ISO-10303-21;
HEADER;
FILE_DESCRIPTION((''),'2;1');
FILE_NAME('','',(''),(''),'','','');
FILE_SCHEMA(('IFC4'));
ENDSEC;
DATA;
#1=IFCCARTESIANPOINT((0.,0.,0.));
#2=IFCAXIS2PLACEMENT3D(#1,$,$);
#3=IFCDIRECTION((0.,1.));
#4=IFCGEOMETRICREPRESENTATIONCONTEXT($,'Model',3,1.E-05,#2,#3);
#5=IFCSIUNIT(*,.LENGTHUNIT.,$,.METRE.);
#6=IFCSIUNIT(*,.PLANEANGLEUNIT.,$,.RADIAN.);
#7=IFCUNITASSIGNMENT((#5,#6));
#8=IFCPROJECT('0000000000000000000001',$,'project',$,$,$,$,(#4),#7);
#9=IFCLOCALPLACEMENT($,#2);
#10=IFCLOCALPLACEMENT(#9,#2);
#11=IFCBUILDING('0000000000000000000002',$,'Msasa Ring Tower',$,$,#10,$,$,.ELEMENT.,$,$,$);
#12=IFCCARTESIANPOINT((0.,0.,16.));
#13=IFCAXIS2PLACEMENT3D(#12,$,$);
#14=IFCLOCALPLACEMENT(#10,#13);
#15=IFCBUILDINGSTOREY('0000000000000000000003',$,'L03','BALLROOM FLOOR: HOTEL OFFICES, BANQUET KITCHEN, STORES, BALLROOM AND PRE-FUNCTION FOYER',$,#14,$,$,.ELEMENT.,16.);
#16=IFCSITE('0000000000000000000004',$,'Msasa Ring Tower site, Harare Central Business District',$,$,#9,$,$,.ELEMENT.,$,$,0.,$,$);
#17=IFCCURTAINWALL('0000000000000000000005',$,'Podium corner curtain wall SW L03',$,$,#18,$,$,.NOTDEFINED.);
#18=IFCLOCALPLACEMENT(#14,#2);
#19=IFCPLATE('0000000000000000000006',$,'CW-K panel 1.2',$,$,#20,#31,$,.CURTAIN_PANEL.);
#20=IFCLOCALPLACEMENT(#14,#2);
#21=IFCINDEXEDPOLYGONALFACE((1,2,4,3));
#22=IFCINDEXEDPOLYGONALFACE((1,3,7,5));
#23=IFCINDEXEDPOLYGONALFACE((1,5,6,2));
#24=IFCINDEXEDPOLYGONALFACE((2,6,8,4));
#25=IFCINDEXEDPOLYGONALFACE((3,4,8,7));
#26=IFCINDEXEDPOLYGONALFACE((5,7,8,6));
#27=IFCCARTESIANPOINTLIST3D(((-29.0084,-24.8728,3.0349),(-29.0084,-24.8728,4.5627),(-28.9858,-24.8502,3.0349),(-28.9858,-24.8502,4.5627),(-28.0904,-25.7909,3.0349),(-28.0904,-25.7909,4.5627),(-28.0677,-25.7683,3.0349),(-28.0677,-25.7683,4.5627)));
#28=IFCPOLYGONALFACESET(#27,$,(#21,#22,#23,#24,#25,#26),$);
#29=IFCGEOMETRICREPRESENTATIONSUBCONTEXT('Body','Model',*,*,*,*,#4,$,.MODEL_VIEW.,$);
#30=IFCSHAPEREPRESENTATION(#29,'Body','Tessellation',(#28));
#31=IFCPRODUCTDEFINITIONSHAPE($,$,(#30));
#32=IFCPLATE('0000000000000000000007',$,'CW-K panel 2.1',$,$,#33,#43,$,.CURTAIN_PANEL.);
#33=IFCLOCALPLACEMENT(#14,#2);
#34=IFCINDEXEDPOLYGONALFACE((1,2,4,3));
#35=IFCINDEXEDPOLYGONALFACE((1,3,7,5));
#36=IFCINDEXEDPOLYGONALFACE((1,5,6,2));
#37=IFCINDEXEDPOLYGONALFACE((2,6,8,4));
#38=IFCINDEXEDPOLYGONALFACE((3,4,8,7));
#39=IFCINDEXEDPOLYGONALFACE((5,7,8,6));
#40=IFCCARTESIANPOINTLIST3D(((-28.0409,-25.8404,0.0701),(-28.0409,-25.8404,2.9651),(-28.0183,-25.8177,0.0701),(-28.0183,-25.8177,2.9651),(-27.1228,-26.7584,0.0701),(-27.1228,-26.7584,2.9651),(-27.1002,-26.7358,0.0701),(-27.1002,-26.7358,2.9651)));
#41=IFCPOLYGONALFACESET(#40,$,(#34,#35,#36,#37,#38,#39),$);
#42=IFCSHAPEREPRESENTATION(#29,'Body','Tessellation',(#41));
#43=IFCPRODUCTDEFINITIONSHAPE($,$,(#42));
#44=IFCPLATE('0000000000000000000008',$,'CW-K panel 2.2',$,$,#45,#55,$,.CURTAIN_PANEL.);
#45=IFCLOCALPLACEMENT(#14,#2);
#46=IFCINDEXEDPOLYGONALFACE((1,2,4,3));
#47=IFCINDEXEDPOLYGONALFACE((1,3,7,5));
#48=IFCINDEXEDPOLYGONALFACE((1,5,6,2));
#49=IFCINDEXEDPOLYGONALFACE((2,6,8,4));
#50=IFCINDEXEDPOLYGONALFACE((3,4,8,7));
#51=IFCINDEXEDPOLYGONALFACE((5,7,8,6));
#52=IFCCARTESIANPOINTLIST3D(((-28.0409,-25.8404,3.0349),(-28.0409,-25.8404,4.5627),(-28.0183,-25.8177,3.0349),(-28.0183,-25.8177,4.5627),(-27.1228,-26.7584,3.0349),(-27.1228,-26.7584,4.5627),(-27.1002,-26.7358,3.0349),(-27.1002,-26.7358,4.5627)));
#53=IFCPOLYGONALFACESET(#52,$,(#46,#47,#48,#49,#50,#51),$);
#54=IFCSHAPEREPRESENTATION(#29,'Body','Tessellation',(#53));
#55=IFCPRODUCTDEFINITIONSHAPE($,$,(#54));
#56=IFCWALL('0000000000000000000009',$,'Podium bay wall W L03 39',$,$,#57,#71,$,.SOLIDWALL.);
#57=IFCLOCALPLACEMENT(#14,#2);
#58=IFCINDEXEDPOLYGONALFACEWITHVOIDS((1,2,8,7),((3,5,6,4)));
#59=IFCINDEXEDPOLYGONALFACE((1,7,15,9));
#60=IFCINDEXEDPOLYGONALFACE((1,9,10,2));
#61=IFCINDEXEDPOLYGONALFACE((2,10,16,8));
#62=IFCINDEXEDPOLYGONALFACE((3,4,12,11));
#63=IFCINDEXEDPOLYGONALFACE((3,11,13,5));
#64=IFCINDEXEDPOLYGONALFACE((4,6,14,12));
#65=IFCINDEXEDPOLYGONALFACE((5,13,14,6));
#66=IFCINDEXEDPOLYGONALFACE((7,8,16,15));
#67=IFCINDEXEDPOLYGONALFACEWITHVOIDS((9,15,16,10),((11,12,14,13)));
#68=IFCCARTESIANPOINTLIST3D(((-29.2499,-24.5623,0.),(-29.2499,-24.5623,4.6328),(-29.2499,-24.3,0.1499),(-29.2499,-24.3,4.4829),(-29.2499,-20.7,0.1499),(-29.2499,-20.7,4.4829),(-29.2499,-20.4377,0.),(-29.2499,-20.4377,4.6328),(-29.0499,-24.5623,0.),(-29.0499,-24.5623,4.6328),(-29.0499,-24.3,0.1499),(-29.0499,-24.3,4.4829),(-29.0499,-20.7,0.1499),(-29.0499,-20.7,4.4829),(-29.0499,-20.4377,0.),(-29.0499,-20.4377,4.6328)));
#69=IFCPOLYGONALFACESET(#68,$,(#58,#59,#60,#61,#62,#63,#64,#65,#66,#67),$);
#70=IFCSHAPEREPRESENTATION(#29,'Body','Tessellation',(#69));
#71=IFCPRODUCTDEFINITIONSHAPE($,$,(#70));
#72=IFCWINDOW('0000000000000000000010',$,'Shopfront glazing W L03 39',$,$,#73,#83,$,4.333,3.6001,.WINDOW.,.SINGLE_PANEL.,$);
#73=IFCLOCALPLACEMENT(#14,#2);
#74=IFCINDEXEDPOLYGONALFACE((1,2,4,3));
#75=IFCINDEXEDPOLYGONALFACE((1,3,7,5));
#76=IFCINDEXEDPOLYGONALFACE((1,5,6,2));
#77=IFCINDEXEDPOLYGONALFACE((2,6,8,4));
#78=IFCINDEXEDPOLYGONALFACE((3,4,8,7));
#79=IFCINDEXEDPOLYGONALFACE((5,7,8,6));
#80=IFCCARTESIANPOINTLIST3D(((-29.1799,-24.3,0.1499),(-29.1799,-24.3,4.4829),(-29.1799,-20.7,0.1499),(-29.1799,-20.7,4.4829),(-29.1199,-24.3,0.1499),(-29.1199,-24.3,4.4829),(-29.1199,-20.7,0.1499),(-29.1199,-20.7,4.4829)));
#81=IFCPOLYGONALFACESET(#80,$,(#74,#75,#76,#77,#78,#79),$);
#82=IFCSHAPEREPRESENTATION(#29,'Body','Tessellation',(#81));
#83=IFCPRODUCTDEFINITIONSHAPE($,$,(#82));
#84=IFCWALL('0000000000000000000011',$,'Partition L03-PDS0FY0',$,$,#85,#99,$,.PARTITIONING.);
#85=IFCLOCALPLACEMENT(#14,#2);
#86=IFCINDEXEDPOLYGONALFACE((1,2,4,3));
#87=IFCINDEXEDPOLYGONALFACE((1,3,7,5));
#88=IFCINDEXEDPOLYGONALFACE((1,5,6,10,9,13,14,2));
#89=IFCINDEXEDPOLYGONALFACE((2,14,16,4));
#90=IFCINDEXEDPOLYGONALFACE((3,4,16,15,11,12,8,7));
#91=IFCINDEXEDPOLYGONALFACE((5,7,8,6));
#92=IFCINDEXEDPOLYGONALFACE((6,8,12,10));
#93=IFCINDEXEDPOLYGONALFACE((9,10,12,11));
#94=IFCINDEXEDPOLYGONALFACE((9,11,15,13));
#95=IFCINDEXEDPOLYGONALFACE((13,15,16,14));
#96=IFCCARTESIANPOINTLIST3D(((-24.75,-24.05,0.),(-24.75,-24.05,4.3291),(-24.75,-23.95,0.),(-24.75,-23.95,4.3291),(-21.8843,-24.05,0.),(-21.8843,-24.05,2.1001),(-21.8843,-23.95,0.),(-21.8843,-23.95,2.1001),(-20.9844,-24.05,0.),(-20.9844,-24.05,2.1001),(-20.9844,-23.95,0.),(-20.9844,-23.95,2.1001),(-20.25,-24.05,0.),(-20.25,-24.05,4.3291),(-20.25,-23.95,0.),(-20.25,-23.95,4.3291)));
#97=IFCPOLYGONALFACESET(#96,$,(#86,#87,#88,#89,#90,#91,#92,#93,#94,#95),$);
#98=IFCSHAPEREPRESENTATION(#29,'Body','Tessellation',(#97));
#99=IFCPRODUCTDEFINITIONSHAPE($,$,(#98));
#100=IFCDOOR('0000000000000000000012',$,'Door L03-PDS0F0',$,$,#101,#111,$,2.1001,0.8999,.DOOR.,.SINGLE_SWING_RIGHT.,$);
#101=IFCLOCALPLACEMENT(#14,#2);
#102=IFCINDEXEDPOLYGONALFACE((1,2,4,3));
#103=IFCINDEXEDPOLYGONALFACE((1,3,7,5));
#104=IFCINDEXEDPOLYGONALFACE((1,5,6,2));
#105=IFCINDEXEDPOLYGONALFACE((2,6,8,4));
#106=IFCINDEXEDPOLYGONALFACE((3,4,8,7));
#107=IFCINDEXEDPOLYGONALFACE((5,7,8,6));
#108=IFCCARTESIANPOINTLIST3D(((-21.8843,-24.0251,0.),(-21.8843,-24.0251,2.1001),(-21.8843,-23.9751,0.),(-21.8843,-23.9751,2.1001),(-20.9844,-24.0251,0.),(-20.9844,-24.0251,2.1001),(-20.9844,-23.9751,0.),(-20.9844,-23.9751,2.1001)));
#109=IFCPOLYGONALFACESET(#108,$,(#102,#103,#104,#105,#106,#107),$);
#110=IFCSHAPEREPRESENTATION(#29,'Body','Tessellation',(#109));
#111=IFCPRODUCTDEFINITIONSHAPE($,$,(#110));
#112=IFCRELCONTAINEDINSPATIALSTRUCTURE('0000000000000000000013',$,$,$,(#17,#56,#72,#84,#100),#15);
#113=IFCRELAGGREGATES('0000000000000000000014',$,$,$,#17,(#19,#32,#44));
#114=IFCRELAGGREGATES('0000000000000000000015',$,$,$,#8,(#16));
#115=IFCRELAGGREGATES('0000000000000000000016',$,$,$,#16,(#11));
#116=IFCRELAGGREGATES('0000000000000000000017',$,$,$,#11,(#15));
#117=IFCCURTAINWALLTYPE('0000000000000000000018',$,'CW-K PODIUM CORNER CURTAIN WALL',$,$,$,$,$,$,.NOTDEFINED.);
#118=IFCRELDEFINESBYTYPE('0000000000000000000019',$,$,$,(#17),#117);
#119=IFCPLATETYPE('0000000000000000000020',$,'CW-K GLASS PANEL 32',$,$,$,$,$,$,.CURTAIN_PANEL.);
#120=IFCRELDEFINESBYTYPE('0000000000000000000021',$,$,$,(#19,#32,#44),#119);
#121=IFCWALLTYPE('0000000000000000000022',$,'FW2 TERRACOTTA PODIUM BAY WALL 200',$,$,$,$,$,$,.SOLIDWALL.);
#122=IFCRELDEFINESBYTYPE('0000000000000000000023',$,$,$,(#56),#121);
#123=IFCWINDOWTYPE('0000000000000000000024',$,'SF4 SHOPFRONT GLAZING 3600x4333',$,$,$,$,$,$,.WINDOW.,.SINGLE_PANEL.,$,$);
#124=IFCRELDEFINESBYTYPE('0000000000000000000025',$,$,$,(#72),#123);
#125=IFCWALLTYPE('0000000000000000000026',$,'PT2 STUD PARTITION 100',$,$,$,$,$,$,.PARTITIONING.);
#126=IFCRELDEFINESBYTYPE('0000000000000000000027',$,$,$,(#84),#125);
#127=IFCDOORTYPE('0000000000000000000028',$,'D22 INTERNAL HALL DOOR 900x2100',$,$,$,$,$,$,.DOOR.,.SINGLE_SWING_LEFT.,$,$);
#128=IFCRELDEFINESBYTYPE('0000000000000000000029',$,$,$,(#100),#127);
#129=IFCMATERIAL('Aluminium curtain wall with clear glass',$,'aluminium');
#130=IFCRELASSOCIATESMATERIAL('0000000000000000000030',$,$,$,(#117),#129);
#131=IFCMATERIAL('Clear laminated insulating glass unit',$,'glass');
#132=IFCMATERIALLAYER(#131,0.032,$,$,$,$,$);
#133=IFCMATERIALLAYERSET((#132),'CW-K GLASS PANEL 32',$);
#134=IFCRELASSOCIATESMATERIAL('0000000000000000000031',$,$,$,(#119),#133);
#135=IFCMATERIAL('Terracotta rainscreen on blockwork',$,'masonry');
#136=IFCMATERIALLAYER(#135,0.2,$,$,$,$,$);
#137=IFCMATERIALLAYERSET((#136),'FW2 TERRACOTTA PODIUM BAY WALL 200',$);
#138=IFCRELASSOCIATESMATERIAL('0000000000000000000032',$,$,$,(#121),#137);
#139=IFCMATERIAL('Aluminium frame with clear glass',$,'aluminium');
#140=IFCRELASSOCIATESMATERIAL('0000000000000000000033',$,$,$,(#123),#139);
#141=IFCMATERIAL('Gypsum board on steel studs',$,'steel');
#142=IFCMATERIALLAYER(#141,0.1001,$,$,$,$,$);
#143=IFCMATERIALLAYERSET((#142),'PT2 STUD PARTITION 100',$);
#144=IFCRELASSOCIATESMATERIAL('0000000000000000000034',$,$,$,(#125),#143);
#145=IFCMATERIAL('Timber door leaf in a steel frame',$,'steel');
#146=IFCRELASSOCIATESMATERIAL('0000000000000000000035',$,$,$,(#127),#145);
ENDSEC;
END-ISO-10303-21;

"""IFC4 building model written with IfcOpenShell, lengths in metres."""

from ifc_helpers import new_model, si_unit, direction, frame, frame_2d, origin, origin_2d, place, context, subcontext, project, spatial, rectangle, extrude, material, layer, layer_set, type_object, element, fill, aggregate, save


model = new_model("IFC4")

# Units and contexts
model_context = context("Model", 3, precision=1e-05, world=origin(), true_north=direction((0.0, 1.0)))
body_context = subcontext(model_context, "Body", "Model", "MODEL_VIEW")
ifc_project = project(units=[si_unit("LENGTHUNIT", "METRE"), si_unit("PLANEANGLEUNIT", "RADIAN")], contexts=[model_context])

# Site, building, storey
site_placement = place(None, origin())
site = spatial("IfcSite", under=ifc_project, at=site_placement, Name="Msasa Ring Tower site, Harare Central Business District", CompositionType="ELEMENT", RefElevation=0.0)
building_placement = place(site_placement, origin())
building = spatial("IfcBuilding", under=site, at=building_placement, Name="Msasa Ring Tower", CompositionType="ELEMENT")
storey_placement = place(building_placement, frame((0.0, 0.0, 16.0)))
storey = spatial("IfcBuildingStorey", under=building, at=storey_placement, Name="L03", Description="BALLROOM FLOOR: HOTEL OFFICES, BANQUET KITCHEN, STORES, BALLROOM AND PRE-FUNCTION FOYER", CompositionType="ELEMENT", Elevation=16.0)

# Curtain wall
ifc_material_1 = material(Name="Aluminium curtain wall with clear glass", Category="aluminium")
curtain_wall_type = type_object("IfcCurtainWallType", Name="CW-K PODIUM CORNER CURTAIN WALL", PredefinedType="NOTDEFINED", material=ifc_material_1)
curtain_wall_placement = place(storey_placement, origin())
curtain_wall = element("IfcCurtainWall", 1, at=curtain_wall_placement, inside=storey, type_object=curtain_wall_type, Name="Podium corner curtain wall SW L03", PredefinedType="NOTDEFINED")

# Plates
ifc_material_2 = material(Name="Clear laminated insulating glass unit", Category="glass")
ifc_layer_1 = layer(ifc_material_2, 0.032)
ifc_layer_set_1 = layer_set([ifc_layer_1], Name="CW-K GLASS PANEL 32")
plate_type = type_object("IfcPlateType", Name="CW-K GLASS PANEL 32", PredefinedType="CURTAIN_PANEL", material=ifc_layer_set_1)
plate_1_placement = place(storey_placement, frame((-28.5381, -25.3206, 3.0349), z_axis=(0.0, 0.0, 1.0), x_axis=(0.707107, -0.707107, 0.0)))
plate_1 = element("IfcPlate", 2, at=plate_1_placement, type_object=plate_type, Name="CW-K panel 1.2", PredefinedType="CURTAIN_PANEL", context=body_context, shape_type="SweptSolid", body=[
    extrude(rectangle(XDim=1.2983, YDim=0.032, at=origin_2d()), origin(), (0.0, 0.0, 1.0), 1.5278),
])
plate_2_placement = place(storey_placement, frame((-27.5706, -26.2881, 0.0701), z_axis=(0.0, 0.0, 1.0), x_axis=(0.707107, -0.707107, 0.0)))
plate_2 = element("IfcPlate", 3, at=plate_2_placement, type_object=plate_type, Name="CW-K panel 2.1", PredefinedType="CURTAIN_PANEL", context=body_context, shape_type="SweptSolid", body=[
    extrude(rectangle(XDim=1.2983, YDim=0.032, at=origin_2d()), origin(), (0.0, 0.0, 1.0), 2.895),
])
plate_3_placement = place(storey_placement, frame((-27.5706, -26.2881, 3.0349), z_axis=(0.0, 0.0, 1.0), x_axis=(0.707107, -0.707107, 0.0)))
plate_3 = element("IfcPlate", 4, at=plate_3_placement, type_object=plate_type, Name="CW-K panel 2.2", PredefinedType="CURTAIN_PANEL", context=body_context, shape_type="SweptSolid", body=[
    extrude(rectangle(XDim=1.2983, YDim=0.032, at=origin_2d()), origin(), (0.0, 0.0, 1.0), 1.5278),
])
aggregate(curtain_wall, [plate_1, plate_2, plate_3])

# Wall, opening, window
ifc_material_3 = material(Name="Terracotta rainscreen on blockwork", Category="masonry")
ifc_layer_2 = layer(ifc_material_3, 0.2)
ifc_layer_set_2 = layer_set([ifc_layer_2], Name="FW2 TERRACOTTA PODIUM BAY WALL 200")
wall_type_1 = type_object("IfcWallType", Name="FW2 TERRACOTTA PODIUM BAY WALL 200", PredefinedType="SOLIDWALL", material=ifc_layer_set_2)
wall_1_placement = place(storey_placement, frame((-29.1499, -24.5623, 0.0), z_axis=(0.0, 0.0, 1.0), x_axis=(0.0, 1.0, 0.0)))
wall_1 = element("IfcWall", 5, at=wall_1_placement, inside=storey, type_object=wall_type_1, Name="Podium bay wall W L03 39", PredefinedType="SOLIDWALL", context=body_context, shape_type="SweptSolid", body=[
    extrude(rectangle(XDim=4.1245, YDim=0.2, at=frame_2d((2.0623, 0.0))), origin(), (0.0, 0.0, 1.0), 4.6328),
])
opening_1_placement = place(wall_1_placement, frame((0.2622, 0.0, 0.1499)))
opening_1 = element("IfcOpeningElement", 6, at=opening_1_placement, cuts=wall_1, PredefinedType="OPENING", context=body_context, shape_type="SweptSolid", body=[
    extrude(rectangle(XDim=3.6001, YDim=4.333, at=frame_2d((1.8, 2.1665))), frame((0.0, 0.1099, 0.0), z_axis=(0.0, -1.0, 0.0), x_axis=(1.0, 0.0, 0.0)), (0.0, 0.0, 1.0), 0.22),
])
ifc_material_4 = material(Name="Aluminium frame with clear glass", Category="aluminium")
window_type = type_object("IfcWindowType", Name="SF4 SHOPFRONT GLAZING 3600x4333", PartitioningType="SINGLE_PANEL", PredefinedType="WINDOW", material=ifc_material_4)
window_placement = place(opening_1_placement, origin())
window = element("IfcWindow", 7, at=window_placement, inside=storey, type_object=window_type, Name="Shopfront glazing W L03 39", OverallHeight=4.333, OverallWidth=3.6001, PartitioningType="SINGLE_PANEL", PredefinedType="WINDOW", context=body_context, shape_type="SweptSolid", body=[
    extrude(rectangle(XDim=3.6001, YDim=4.333, at=frame_2d((1.8, 2.1665))), frame((0.0, 0.03, 0.0), z_axis=(0.0, -1.0, 0.0), x_axis=(1.0, 0.0, 0.0)), (0.0, 0.0, 1.0), 0.0601),
])
fill(opening_1, window)

# Wall, opening, door
ifc_material_5 = material(Name="Gypsum board on steel studs", Category="steel")
ifc_layer_3 = layer(ifc_material_5, 0.1001)
ifc_layer_set_3 = layer_set([ifc_layer_3], Name="PT2 STUD PARTITION 100")
wall_type_2 = type_object("IfcWallType", Name="PT2 STUD PARTITION 100", PredefinedType="PARTITIONING", material=ifc_layer_set_3)
wall_2_placement = place(storey_placement, frame((-24.75, -24.0, 0.0), z_axis=(0.0, 0.0, 1.0), x_axis=(1.0, 0.0, 0.0)))
wall_2 = element("IfcWall", 8, at=wall_2_placement, inside=storey, type_object=wall_type_2, Name="Partition L03-PDS0FY0", PredefinedType="PARTITIONING", context=body_context, shape_type="SweptSolid", body=[
    extrude(rectangle(XDim=4.5, YDim=0.1001, at=frame_2d((2.25, 0.0))), origin(), (0.0, 0.0, 1.0), 4.3291),
])
opening_2_placement = place(wall_2_placement, frame((2.8657, 0.0, 0.0)))
opening_2 = element("IfcOpeningElement", 9, at=opening_2_placement, cuts=wall_2, PredefinedType="OPENING", context=body_context, shape_type="SweptSolid", body=[
    extrude(rectangle(XDim=0.8999, YDim=2.1001, at=frame_2d((0.45, 1.05))), frame((0.0, 0.0601, 0.0), z_axis=(0.0, -1.0, 0.0), x_axis=(1.0, 0.0, 0.0)), (0.0, 0.0, 1.0), 0.1201),
])
ifc_material_6 = material(Name="Timber door leaf in a steel frame", Category="steel")
door_type = type_object("IfcDoorType", Name="D22 INTERNAL HALL DOOR 900x2100", OperationType="SINGLE_SWING_LEFT", PredefinedType="DOOR", material=ifc_material_6)
door_placement = place(opening_2_placement, origin())
door = element("IfcDoor", 10, at=door_placement, inside=storey, type_object=door_type, Name="Door L03-PDS0F0", OperationType="SINGLE_SWING_RIGHT", OverallHeight=2.1001, OverallWidth=0.8999, PredefinedType="DOOR", context=body_context, shape_type="SweptSolid", body=[
    extrude(rectangle(XDim=0.8999, YDim=2.1001, at=frame_2d((0.45, 1.05))), frame((0.0, 0.0249, 0.0), z_axis=(0.0, -1.0, 0.0), x_axis=(1.0, 0.0, 0.0)), (0.0, 0.0, 1.0), 0.05),
])
fill(opening_2, door)

save(model, "model.ifc")
